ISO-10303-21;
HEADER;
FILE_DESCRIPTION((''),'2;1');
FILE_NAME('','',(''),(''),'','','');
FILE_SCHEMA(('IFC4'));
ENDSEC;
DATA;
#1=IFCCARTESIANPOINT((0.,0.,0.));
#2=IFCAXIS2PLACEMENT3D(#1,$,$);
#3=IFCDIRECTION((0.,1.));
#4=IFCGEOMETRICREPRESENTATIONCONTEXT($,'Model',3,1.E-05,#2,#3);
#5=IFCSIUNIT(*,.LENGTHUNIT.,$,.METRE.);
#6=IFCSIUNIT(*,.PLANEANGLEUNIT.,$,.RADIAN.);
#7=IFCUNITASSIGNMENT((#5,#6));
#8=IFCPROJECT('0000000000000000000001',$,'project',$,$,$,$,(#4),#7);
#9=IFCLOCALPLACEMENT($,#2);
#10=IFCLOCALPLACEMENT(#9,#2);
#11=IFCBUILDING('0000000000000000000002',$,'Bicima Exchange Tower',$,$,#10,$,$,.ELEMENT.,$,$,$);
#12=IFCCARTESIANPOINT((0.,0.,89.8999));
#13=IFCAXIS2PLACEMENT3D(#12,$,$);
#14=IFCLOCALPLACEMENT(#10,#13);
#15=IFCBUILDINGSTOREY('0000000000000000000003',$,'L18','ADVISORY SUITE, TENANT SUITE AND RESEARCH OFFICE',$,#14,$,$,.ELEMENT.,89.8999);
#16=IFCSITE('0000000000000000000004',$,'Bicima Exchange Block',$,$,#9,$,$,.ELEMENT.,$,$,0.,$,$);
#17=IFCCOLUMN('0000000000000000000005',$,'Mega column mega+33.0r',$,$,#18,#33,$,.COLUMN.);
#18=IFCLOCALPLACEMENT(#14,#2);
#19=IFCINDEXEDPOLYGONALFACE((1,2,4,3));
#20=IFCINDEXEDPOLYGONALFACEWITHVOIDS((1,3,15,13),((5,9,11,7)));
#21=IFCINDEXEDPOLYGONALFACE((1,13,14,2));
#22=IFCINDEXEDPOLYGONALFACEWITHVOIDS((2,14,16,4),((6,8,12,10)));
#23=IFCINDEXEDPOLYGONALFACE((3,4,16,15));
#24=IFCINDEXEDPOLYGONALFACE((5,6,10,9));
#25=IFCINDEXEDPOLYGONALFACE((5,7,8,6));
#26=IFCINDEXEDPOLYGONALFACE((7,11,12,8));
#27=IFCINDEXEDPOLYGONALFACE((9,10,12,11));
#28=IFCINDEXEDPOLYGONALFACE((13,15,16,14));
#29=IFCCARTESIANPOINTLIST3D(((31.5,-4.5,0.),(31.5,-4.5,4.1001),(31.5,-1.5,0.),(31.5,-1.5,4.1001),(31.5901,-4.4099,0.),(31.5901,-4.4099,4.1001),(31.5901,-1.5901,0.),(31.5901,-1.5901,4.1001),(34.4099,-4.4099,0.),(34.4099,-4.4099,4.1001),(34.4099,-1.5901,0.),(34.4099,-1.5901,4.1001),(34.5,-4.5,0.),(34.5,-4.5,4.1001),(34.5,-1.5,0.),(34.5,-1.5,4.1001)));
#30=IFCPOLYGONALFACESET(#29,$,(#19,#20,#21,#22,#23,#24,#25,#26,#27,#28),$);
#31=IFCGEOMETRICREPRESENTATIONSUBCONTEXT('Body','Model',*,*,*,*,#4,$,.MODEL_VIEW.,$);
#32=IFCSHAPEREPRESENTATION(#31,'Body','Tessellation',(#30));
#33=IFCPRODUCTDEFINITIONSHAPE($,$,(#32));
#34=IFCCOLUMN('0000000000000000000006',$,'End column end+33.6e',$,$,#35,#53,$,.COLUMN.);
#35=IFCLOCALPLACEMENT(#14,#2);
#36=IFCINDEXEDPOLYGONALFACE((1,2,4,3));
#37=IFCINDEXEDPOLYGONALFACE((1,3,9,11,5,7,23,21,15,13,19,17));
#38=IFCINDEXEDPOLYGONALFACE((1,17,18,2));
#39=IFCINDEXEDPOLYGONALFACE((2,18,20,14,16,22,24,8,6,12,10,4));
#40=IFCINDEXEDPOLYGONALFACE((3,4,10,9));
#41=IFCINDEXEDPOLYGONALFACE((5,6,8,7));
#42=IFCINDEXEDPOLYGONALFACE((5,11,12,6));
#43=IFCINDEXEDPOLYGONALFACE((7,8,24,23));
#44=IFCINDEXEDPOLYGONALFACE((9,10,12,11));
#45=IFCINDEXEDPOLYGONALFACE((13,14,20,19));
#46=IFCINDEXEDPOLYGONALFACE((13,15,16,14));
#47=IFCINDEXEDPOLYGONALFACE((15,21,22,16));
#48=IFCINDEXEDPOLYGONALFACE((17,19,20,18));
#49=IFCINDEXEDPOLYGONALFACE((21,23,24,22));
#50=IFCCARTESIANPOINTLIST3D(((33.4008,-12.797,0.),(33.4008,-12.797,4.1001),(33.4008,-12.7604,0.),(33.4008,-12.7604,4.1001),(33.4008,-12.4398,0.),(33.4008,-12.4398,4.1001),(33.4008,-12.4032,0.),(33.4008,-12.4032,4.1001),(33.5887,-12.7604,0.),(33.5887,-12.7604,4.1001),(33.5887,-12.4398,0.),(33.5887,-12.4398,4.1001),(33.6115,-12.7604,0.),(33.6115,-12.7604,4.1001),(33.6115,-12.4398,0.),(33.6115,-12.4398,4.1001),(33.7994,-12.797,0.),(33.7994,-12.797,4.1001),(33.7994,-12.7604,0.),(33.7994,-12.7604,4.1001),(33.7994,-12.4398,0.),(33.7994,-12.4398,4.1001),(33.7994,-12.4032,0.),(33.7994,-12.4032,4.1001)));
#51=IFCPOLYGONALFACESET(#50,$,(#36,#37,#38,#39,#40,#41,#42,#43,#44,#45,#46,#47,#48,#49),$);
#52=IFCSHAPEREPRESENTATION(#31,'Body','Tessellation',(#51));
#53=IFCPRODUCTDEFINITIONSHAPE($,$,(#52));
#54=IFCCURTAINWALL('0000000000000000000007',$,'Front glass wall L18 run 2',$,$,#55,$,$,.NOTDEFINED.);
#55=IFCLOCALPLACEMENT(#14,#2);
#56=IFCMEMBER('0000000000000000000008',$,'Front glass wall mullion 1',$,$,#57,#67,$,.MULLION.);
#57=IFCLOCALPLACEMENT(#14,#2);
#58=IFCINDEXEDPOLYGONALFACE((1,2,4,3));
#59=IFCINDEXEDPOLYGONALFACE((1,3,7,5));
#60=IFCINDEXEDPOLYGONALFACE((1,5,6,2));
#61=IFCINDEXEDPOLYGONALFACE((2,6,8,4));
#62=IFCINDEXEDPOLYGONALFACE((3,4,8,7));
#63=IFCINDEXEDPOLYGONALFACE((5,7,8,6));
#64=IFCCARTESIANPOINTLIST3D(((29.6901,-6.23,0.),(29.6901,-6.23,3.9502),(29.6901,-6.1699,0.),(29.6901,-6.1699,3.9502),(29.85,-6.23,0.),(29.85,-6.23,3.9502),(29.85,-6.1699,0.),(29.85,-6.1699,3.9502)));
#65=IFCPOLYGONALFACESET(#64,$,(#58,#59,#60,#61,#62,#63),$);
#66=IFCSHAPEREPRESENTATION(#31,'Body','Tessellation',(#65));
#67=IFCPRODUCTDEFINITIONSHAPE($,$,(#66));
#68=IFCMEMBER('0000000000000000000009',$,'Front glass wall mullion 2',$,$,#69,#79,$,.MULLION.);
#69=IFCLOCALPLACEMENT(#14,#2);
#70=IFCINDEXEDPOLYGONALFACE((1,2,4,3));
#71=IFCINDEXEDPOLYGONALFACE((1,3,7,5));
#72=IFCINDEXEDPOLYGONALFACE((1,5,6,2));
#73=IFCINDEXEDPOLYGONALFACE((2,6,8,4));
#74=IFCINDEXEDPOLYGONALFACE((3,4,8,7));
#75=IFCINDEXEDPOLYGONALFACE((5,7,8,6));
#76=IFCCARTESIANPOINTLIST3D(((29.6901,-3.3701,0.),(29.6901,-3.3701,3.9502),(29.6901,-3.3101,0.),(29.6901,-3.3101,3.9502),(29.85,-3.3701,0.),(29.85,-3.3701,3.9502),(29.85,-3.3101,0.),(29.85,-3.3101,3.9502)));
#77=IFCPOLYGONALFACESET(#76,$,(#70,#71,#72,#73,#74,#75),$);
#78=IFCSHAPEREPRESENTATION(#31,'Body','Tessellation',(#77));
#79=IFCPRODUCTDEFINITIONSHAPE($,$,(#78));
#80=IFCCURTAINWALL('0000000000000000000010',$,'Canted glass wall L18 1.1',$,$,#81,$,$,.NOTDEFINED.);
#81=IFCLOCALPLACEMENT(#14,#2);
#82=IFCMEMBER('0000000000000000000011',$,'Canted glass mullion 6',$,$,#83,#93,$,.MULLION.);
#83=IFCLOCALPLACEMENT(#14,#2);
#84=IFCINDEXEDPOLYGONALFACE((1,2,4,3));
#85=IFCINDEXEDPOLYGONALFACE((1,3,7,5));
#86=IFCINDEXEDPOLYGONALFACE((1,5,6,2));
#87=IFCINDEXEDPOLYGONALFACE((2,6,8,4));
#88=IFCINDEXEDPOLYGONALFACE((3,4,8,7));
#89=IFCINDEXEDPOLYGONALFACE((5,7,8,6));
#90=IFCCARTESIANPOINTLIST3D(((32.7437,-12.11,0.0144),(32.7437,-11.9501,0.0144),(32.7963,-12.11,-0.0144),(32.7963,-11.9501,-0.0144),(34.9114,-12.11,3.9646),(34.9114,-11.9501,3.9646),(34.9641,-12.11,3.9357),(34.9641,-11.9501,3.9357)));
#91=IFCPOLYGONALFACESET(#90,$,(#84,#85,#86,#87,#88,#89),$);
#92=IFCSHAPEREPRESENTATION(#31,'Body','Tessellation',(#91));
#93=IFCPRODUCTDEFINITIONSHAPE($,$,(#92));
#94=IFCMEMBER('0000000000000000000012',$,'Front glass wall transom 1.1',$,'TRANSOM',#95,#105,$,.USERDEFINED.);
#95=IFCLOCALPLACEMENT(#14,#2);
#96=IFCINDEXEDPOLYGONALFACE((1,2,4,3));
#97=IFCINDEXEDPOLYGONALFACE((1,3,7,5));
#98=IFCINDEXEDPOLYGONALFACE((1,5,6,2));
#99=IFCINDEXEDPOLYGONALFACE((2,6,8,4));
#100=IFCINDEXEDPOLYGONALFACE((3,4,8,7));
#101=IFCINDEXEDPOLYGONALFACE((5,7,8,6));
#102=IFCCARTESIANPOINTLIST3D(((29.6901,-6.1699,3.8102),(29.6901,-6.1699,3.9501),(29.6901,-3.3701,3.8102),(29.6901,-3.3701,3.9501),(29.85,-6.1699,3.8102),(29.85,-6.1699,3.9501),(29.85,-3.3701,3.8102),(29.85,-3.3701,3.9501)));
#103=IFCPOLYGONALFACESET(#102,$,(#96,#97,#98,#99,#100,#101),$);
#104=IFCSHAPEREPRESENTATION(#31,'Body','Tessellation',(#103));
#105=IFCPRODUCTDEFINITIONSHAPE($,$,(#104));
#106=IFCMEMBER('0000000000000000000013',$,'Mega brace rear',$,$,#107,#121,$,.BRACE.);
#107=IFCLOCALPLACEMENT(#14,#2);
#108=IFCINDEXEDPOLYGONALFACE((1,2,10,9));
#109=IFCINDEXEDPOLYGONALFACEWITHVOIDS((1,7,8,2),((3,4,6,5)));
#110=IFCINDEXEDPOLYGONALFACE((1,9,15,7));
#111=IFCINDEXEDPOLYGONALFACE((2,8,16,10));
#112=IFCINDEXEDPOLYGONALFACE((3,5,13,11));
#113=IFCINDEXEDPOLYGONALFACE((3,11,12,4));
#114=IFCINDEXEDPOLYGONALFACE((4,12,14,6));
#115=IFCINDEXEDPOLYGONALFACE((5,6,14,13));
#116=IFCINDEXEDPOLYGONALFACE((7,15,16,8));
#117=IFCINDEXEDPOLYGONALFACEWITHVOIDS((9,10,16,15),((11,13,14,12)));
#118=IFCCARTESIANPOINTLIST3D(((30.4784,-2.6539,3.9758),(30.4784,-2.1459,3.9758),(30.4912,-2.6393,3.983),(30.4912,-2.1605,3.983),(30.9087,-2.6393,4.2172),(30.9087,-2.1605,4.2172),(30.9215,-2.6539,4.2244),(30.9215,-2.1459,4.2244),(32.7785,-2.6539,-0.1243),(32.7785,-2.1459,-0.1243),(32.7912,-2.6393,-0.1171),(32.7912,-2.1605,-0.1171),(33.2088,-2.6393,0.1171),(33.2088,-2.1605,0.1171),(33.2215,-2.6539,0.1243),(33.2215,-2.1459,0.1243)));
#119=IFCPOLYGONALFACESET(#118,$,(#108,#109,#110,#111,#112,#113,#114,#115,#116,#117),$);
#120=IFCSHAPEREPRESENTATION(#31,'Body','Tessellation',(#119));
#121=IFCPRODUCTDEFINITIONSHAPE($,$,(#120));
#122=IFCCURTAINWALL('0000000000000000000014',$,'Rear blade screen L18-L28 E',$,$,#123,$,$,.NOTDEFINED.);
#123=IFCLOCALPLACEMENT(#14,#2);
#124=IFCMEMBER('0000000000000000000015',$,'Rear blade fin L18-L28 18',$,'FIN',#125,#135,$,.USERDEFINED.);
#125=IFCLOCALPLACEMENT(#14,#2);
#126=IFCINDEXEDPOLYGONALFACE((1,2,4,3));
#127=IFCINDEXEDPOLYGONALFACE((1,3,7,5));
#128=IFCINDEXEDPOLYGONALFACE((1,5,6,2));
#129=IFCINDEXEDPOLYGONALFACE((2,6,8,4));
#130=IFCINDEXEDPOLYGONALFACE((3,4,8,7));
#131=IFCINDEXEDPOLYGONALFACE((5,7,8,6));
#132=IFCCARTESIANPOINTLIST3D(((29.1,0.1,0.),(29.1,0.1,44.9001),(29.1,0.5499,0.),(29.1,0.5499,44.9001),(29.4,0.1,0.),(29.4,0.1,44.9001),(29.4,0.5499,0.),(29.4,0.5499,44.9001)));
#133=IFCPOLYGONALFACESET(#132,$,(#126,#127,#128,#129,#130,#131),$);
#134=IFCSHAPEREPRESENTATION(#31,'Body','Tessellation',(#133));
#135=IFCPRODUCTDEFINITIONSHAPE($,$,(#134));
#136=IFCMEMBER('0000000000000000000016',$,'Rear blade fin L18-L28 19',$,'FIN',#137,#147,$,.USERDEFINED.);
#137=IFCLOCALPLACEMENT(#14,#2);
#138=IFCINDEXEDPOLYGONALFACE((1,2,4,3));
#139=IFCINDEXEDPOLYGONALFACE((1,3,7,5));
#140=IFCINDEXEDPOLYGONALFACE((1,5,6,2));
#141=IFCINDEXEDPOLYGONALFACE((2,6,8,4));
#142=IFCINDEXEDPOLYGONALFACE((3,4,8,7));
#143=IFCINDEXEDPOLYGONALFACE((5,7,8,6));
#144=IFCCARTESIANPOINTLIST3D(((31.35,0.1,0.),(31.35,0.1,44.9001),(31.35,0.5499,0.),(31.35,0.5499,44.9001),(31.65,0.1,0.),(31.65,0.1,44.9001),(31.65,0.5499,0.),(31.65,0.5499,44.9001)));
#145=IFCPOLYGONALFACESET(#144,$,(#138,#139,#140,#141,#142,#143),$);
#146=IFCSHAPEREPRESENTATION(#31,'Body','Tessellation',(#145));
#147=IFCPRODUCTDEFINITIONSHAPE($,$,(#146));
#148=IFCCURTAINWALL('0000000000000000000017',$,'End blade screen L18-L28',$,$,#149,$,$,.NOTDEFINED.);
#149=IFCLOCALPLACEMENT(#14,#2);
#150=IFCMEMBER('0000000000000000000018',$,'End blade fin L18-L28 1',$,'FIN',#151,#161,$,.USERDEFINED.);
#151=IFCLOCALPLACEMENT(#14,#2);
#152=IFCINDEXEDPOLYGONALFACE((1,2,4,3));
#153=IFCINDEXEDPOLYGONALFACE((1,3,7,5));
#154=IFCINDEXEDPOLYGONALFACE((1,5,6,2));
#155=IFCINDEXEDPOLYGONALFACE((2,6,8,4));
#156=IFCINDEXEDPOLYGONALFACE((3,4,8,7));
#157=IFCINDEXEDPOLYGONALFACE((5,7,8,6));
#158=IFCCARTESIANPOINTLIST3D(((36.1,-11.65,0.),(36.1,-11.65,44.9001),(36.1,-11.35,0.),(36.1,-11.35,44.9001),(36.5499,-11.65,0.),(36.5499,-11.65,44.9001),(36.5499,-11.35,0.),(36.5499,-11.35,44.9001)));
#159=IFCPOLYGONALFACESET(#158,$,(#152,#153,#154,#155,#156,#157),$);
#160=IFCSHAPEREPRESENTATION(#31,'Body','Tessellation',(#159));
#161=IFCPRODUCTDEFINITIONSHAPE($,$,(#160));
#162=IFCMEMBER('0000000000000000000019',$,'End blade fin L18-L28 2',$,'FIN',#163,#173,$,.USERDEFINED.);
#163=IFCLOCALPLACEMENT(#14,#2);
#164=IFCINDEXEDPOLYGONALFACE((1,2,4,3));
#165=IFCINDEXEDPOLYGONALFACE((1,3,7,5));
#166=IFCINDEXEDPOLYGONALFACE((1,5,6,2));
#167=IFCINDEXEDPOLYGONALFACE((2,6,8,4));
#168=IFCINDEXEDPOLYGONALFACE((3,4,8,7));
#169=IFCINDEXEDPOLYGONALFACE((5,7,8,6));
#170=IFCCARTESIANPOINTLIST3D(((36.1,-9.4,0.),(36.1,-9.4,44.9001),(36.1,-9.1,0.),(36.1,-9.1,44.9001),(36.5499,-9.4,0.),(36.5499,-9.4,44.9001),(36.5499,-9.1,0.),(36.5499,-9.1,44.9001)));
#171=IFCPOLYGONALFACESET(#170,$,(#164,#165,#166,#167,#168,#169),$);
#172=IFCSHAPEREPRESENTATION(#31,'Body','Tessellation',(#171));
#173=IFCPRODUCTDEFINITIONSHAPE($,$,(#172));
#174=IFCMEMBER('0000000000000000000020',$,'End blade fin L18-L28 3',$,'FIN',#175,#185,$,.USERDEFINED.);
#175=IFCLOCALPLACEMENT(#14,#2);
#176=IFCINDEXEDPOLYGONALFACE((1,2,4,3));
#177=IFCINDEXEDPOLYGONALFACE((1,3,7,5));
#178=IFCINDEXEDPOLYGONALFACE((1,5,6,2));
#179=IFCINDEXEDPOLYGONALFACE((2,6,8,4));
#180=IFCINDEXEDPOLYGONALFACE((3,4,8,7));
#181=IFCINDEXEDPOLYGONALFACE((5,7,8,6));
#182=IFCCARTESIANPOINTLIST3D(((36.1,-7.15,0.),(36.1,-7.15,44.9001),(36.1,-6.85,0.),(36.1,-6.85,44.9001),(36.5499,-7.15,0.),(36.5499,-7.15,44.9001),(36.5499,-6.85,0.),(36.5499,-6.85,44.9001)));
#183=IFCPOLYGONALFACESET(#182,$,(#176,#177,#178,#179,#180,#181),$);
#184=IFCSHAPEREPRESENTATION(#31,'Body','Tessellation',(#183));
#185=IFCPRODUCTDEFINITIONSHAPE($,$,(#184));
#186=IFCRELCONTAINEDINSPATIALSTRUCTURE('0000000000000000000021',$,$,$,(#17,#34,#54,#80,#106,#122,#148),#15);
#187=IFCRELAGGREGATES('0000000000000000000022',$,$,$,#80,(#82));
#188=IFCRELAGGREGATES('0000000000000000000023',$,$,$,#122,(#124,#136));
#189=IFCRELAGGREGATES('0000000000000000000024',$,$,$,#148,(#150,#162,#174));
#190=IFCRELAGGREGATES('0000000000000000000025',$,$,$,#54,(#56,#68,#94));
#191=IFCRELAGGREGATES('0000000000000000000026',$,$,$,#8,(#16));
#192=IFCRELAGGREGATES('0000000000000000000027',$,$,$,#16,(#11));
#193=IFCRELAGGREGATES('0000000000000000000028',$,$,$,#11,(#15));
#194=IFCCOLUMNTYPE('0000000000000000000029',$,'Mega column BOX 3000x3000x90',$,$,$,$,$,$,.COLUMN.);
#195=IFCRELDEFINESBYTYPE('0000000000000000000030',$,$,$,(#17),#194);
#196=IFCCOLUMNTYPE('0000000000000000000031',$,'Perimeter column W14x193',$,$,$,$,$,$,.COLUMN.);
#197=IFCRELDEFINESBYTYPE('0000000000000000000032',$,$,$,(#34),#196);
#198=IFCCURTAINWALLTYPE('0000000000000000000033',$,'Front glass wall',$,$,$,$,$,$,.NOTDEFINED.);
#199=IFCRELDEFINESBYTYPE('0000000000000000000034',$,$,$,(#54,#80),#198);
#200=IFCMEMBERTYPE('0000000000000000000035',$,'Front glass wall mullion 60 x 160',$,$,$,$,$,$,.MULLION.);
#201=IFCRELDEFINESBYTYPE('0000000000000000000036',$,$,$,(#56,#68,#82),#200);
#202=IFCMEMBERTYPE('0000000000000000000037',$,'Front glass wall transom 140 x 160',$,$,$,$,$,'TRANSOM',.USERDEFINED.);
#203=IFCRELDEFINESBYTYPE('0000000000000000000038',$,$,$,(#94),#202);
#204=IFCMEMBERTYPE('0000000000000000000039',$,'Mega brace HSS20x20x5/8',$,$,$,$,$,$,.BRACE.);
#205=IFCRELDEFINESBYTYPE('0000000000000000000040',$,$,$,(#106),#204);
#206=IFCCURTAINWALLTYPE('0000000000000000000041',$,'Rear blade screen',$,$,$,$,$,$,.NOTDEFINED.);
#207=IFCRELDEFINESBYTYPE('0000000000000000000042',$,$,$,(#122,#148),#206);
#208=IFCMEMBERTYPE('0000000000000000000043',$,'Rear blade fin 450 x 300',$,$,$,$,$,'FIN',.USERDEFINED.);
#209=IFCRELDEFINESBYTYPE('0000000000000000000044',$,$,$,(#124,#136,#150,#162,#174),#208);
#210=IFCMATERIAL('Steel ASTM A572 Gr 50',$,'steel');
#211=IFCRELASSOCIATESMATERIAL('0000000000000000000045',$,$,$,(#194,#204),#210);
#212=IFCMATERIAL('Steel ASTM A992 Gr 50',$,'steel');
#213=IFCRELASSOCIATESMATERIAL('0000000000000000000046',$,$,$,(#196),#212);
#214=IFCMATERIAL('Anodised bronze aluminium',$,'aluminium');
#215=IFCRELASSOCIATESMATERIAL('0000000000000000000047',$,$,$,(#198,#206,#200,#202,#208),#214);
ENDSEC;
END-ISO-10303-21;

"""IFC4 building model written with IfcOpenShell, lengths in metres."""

from ifc_helpers import new_model, si_unit, direction, frame, origin, origin_2d, place, context, subcontext, project, spatial, rectangle, hollow_rectangle, i_section, extrude, material, material_profile, profile_set, type_object, element, aggregate, save


model = new_model("IFC4")

# Units and contexts
model_context = context("Model", 3, precision=1e-05, world=origin(), true_north=direction((0.0, 1.0)))
body_context = subcontext(model_context, "Body", "Model", "MODEL_VIEW")
ifc_project = project(units=[si_unit("LENGTHUNIT", "METRE"), si_unit("PLANEANGLEUNIT", "RADIAN")], contexts=[model_context])

# Site, building, storey
site_placement = place(None, origin())
site = spatial("IfcSite", under=ifc_project, at=site_placement, Name="Bicima Exchange Block", CompositionType="ELEMENT", RefElevation=0.0)
building_placement = place(site_placement, origin())
building = spatial("IfcBuilding", under=site, at=building_placement, Name="Bicima Exchange Tower", CompositionType="ELEMENT")
storey_placement = place(building_placement, frame((0.0, 0.0, 89.8999)))
storey = spatial("IfcBuildingStorey", under=building, at=storey_placement, Name="L18", Description="ADVISORY SUITE, TENANT SUITE AND RESEARCH OFFICE", CompositionType="ELEMENT", Elevation=89.8999)

# Columns
ifc_material_1 = material(Name="Steel ASTM A572 Gr 50", Category="steel")
ifc_material_profile_1 = material_profile(ifc_material_1, hollow_rectangle(XDim=3.0, YDim=3.0, WallThickness=0.0901, at=origin_2d()))
ifc_profile_set_1 = profile_set([ifc_material_profile_1], Name="Steel ASTM A572 Gr 50")
column_type_1 = type_object("IfcColumnType", Name="Mega column BOX 3000x3000x90", PredefinedType="COLUMN", material=ifc_profile_set_1)
column_1_placement = place(storey_placement, frame((33.0, -3.0, 0.0), z_axis=(0.0, 0.0, 1.0), x_axis=(1.0, 0.0, 0.0)))
element("IfcColumn", 1, at=column_1_placement, inside=storey, type_object=column_type_1, Name="Mega column mega+33.0r", PredefinedType="COLUMN", context=body_context, shape_type="SweptSolid", body=[
    extrude(hollow_rectangle(XDim=3.0, YDim=3.0, WallThickness=0.0901, at=origin_2d()), origin(), (0.0, 0.0, 1.0), 4.1001),
])
ifc_material_2 = material(Name="Steel ASTM A992 Gr 50", Category="steel")
ifc_material_profile_2 = material_profile(ifc_material_2, i_section(OverallWidth=0.3987, OverallDepth=0.3938, WebThickness=0.0227, FlangeThickness=0.0366, at=origin_2d()))
ifc_profile_set_2 = profile_set([ifc_material_profile_2], Name="Steel ASTM A992 Gr 50")
column_type_2 = type_object("IfcColumnType", Name="Perimeter column W14x193", PredefinedType="COLUMN", material=ifc_profile_set_2)
column_2_placement = place(storey_placement, frame((33.6001, -12.6001, 0.0), z_axis=(0.0, 0.0, 1.0), x_axis=(1.0, 0.0, 0.0)))
element("IfcColumn", 2, at=column_2_placement, inside=storey, type_object=column_type_2, Name="End column end+33.6e", PredefinedType="COLUMN", context=body_context, shape_type="SweptSolid", body=[
    extrude(i_section(OverallWidth=0.3987, OverallDepth=0.3938, WebThickness=0.0227, FlangeThickness=0.0366, at=origin_2d()), origin(), (0.0, 0.0, 1.0), 4.1001),
])

# Curtain wall, members
ifc_material_3 = material(Name="Anodised bronze aluminium", Category="aluminium")
curtain_wall_type_1 = type_object("IfcCurtainWallType", Name="Front glass wall", PredefinedType="NOTDEFINED", material=ifc_material_3)
curtain_wall_1_placement = place(storey_placement, origin())
curtain_wall_1 = element("IfcCurtainWall", 3, at=curtain_wall_1_placement, inside=storey, type_object=curtain_wall_type_1, Name="Front glass wall L18 run 2", PredefinedType="NOTDEFINED")
ifc_material_profile_3 = material_profile(ifc_material_3, rectangle(XDim=0.1599, YDim=0.0601, at=origin_2d()))
ifc_profile_set_3 = profile_set([ifc_material_profile_3], Name="Anodised bronze aluminium")
member_type_1 = type_object("IfcMemberType", Name="Front glass wall mullion 60 x 160", PredefinedType="MULLION", material=ifc_profile_set_3)
member_1_placement = place(storey_placement, frame((29.77, -6.2, 0.0), z_axis=(0.0, 0.0, 1.0), x_axis=(-1.0, 0.0, 0.0)))
member_1 = element("IfcMember", 4, at=member_1_placement, type_object=member_type_1, Name="Front glass wall mullion 1", PredefinedType="MULLION", context=body_context, shape_type="SweptSolid", body=[
    extrude(rectangle(XDim=0.1599, YDim=0.0601, at=origin_2d()), origin(), (0.0, 0.0, 1.0), 3.9502),
])
member_2_placement = place(storey_placement, frame((29.77, -3.3401, 0.0), z_axis=(0.0, 0.0, 1.0), x_axis=(-1.0, 0.0, 0.0)))
member_2 = element("IfcMember", 5, at=member_2_placement, type_object=member_type_1, Name="Front glass wall mullion 2", PredefinedType="MULLION", context=body_context, shape_type="SweptSolid", body=[
    extrude(rectangle(XDim=0.1599, YDim=0.0601, at=origin_2d()), origin(), (0.0, 0.0, 1.0), 3.9502),
])

# Curtain wall, member
curtain_wall_2_placement = place(storey_placement, origin())
curtain_wall_2 = element("IfcCurtainWall", 6, at=curtain_wall_2_placement, inside=storey, type_object=curtain_wall_type_1, Name="Canted glass wall L18 1.1", PredefinedType="NOTDEFINED")
member_3_placement = place(storey_placement, frame((32.77, -12.03, 0.0), z_axis=(0.481087, 0.0, 0.876673), x_axis=(0.0, -1.0, 0.0)))
member_3 = element("IfcMember", 7, at=member_3_placement, type_object=member_type_1, Name="Canted glass mullion 6", PredefinedType="MULLION", context=body_context, shape_type="SweptSolid", body=[
    extrude(rectangle(XDim=0.1599, YDim=0.0601, at=origin_2d()), origin(), (0.0, 0.0, 1.0), 4.5059),
])
aggregate(curtain_wall_2, [member_3])

# Members
ifc_material_profile_4 = material_profile(ifc_material_3, rectangle(XDim=0.1599, YDim=0.1399, at=origin_2d()))
ifc_profile_set_4 = profile_set([ifc_material_profile_4], Name="Anodised bronze aluminium")
member_type_2 = type_object("IfcMemberType", Name="Front glass wall transom 140 x 160", ElementType="TRANSOM", PredefinedType="USERDEFINED", material=ifc_profile_set_4)
member_4_placement = place(storey_placement, frame((29.77, -6.1699, 3.8801), z_axis=(0.0, 1.0, 0.0), x_axis=(-1.0, 0.0, 0.0)))
member_4 = element("IfcMember", 8, at=member_4_placement, type_object=member_type_2, Name="Front glass wall transom 1.1", ObjectType="TRANSOM", PredefinedType="USERDEFINED", context=body_context, shape_type="SweptSolid", body=[
    extrude(rectangle(XDim=0.1599, YDim=0.1399, at=origin_2d()), origin(), (0.0, 0.0, 1.0), 2.7998),
])
ifc_material_profile_5 = material_profile(ifc_material_1, hollow_rectangle(XDim=0.5081, YDim=0.5081, WallThickness=0.0146, at=origin_2d()))
ifc_profile_set_5 = profile_set([ifc_material_profile_5], Name="Steel ASTM A572 Gr 50")
member_type_3 = type_object("IfcMemberType", Name="Mega brace HSS20x20x5/8", PredefinedType="BRACE", material=ifc_profile_set_5)
member_5_placement = place(storey_placement, frame((33.0, -2.3999, 0.0), z_axis=(-0.48925, 0.0, 0.872144), x_axis=(0.0, -1.0, 0.0)))
element("IfcMember", 9, at=member_5_placement, inside=storey, type_object=member_type_3, Name="Mega brace rear", PredefinedType="BRACE", context=body_context, shape_type="SweptSolid", body=[
    extrude(hollow_rectangle(XDim=0.5081, YDim=0.5081, WallThickness=0.0146, at=origin_2d()), origin(), (0.0, 0.0, 1.0), 4.7012),
])

# Curtain walls, members
curtain_wall_type_2 = type_object("IfcCurtainWallType", Name="Rear blade screen", PredefinedType="NOTDEFINED", material=ifc_material_3)
curtain_wall_3_placement = place(storey_placement, origin())
curtain_wall_3 = element("IfcCurtainWall", 10, at=curtain_wall_3_placement, inside=storey, type_object=curtain_wall_type_2, Name="Rear blade screen L18-L28 E", PredefinedType="NOTDEFINED")
ifc_material_profile_6 = material_profile(ifc_material_3, rectangle(XDim=0.45, YDim=0.3, at=origin_2d()))
ifc_profile_set_6 = profile_set([ifc_material_profile_6], Name="Anodised bronze aluminium")
member_type_4 = type_object("IfcMemberType", Name="Rear blade fin 450 x 300", ElementType="FIN", PredefinedType="USERDEFINED", material=ifc_profile_set_6)
member_6_placement = place(storey_placement, frame((29.25, 0.325, 0.0), z_axis=(0.0, 0.0, 1.0), x_axis=(0.0, 1.0, 0.0)))
member_6 = element("IfcMember", 11, at=member_6_placement, type_object=member_type_4, Name="Rear blade fin L18-L28 18", ObjectType="FIN", PredefinedType="USERDEFINED", context=body_context, shape_type="SweptSolid", body=[
    extrude(rectangle(XDim=0.45, YDim=0.3, at=origin_2d()), origin(), (0.0, 0.0, 1.0), 44.9001),
])
member_7_placement = place(storey_placement, frame((31.5, 0.325, 0.0), z_axis=(0.0, 0.0, 1.0), x_axis=(0.0, 1.0, 0.0)))
member_7 = element("IfcMember", 12, at=member_7_placement, type_object=member_type_4, Name="Rear blade fin L18-L28 19", ObjectType="FIN", PredefinedType="USERDEFINED", context=body_context, shape_type="SweptSolid", body=[
    extrude(rectangle(XDim=0.45, YDim=0.3, at=origin_2d()), origin(), (0.0, 0.0, 1.0), 44.9001),
])
aggregate(curtain_wall_3, [member_6, member_7])
curtain_wall_4_placement = place(storey_placement, origin())
curtain_wall_4 = element("IfcCurtainWall", 13, at=curtain_wall_4_placement, inside=storey, type_object=curtain_wall_type_2, Name="End blade screen L18-L28", PredefinedType="NOTDEFINED")
member_8_placement = place(storey_placement, frame((36.325, -11.5, 0.0), z_axis=(0.0, 0.0, 1.0), x_axis=(1.0, 0.0, 0.0)))
member_8 = element("IfcMember", 14, at=member_8_placement, type_object=member_type_4, Name="End blade fin L18-L28 1", ObjectType="FIN", PredefinedType="USERDEFINED", context=body_context, shape_type="SweptSolid", body=[
    extrude(rectangle(XDim=0.45, YDim=0.3, at=origin_2d()), origin(), (0.0, 0.0, 1.0), 44.9001),
])
member_9_placement = place(storey_placement, frame((36.325, -9.25, 0.0), z_axis=(0.0, 0.0, 1.0), x_axis=(1.0, 0.0, 0.0)))
member_9 = element("IfcMember", 15, at=member_9_placement, type_object=member_type_4, Name="End blade fin L18-L28 2", ObjectType="FIN", PredefinedType="USERDEFINED", context=body_context, shape_type="SweptSolid", body=[
    extrude(rectangle(XDim=0.45, YDim=0.3, at=origin_2d()), origin(), (0.0, 0.0, 1.0), 44.9001),
])
member_10_placement = place(storey_placement, frame((36.325, -7.0, 0.0), z_axis=(0.0, 0.0, 1.0), x_axis=(1.0, 0.0, 0.0)))
member_10 = element("IfcMember", 16, at=member_10_placement, type_object=member_type_4, Name="End blade fin L18-L28 3", ObjectType="FIN", PredefinedType="USERDEFINED", context=body_context, shape_type="SweptSolid", body=[
    extrude(rectangle(XDim=0.45, YDim=0.3, at=origin_2d()), origin(), (0.0, 0.0, 1.0), 44.9001),
])
aggregate(curtain_wall_4, [member_8, member_9, member_10])

aggregate(curtain_wall_1, [member_1, member_2, member_4])

save(model, "model.ifc")
